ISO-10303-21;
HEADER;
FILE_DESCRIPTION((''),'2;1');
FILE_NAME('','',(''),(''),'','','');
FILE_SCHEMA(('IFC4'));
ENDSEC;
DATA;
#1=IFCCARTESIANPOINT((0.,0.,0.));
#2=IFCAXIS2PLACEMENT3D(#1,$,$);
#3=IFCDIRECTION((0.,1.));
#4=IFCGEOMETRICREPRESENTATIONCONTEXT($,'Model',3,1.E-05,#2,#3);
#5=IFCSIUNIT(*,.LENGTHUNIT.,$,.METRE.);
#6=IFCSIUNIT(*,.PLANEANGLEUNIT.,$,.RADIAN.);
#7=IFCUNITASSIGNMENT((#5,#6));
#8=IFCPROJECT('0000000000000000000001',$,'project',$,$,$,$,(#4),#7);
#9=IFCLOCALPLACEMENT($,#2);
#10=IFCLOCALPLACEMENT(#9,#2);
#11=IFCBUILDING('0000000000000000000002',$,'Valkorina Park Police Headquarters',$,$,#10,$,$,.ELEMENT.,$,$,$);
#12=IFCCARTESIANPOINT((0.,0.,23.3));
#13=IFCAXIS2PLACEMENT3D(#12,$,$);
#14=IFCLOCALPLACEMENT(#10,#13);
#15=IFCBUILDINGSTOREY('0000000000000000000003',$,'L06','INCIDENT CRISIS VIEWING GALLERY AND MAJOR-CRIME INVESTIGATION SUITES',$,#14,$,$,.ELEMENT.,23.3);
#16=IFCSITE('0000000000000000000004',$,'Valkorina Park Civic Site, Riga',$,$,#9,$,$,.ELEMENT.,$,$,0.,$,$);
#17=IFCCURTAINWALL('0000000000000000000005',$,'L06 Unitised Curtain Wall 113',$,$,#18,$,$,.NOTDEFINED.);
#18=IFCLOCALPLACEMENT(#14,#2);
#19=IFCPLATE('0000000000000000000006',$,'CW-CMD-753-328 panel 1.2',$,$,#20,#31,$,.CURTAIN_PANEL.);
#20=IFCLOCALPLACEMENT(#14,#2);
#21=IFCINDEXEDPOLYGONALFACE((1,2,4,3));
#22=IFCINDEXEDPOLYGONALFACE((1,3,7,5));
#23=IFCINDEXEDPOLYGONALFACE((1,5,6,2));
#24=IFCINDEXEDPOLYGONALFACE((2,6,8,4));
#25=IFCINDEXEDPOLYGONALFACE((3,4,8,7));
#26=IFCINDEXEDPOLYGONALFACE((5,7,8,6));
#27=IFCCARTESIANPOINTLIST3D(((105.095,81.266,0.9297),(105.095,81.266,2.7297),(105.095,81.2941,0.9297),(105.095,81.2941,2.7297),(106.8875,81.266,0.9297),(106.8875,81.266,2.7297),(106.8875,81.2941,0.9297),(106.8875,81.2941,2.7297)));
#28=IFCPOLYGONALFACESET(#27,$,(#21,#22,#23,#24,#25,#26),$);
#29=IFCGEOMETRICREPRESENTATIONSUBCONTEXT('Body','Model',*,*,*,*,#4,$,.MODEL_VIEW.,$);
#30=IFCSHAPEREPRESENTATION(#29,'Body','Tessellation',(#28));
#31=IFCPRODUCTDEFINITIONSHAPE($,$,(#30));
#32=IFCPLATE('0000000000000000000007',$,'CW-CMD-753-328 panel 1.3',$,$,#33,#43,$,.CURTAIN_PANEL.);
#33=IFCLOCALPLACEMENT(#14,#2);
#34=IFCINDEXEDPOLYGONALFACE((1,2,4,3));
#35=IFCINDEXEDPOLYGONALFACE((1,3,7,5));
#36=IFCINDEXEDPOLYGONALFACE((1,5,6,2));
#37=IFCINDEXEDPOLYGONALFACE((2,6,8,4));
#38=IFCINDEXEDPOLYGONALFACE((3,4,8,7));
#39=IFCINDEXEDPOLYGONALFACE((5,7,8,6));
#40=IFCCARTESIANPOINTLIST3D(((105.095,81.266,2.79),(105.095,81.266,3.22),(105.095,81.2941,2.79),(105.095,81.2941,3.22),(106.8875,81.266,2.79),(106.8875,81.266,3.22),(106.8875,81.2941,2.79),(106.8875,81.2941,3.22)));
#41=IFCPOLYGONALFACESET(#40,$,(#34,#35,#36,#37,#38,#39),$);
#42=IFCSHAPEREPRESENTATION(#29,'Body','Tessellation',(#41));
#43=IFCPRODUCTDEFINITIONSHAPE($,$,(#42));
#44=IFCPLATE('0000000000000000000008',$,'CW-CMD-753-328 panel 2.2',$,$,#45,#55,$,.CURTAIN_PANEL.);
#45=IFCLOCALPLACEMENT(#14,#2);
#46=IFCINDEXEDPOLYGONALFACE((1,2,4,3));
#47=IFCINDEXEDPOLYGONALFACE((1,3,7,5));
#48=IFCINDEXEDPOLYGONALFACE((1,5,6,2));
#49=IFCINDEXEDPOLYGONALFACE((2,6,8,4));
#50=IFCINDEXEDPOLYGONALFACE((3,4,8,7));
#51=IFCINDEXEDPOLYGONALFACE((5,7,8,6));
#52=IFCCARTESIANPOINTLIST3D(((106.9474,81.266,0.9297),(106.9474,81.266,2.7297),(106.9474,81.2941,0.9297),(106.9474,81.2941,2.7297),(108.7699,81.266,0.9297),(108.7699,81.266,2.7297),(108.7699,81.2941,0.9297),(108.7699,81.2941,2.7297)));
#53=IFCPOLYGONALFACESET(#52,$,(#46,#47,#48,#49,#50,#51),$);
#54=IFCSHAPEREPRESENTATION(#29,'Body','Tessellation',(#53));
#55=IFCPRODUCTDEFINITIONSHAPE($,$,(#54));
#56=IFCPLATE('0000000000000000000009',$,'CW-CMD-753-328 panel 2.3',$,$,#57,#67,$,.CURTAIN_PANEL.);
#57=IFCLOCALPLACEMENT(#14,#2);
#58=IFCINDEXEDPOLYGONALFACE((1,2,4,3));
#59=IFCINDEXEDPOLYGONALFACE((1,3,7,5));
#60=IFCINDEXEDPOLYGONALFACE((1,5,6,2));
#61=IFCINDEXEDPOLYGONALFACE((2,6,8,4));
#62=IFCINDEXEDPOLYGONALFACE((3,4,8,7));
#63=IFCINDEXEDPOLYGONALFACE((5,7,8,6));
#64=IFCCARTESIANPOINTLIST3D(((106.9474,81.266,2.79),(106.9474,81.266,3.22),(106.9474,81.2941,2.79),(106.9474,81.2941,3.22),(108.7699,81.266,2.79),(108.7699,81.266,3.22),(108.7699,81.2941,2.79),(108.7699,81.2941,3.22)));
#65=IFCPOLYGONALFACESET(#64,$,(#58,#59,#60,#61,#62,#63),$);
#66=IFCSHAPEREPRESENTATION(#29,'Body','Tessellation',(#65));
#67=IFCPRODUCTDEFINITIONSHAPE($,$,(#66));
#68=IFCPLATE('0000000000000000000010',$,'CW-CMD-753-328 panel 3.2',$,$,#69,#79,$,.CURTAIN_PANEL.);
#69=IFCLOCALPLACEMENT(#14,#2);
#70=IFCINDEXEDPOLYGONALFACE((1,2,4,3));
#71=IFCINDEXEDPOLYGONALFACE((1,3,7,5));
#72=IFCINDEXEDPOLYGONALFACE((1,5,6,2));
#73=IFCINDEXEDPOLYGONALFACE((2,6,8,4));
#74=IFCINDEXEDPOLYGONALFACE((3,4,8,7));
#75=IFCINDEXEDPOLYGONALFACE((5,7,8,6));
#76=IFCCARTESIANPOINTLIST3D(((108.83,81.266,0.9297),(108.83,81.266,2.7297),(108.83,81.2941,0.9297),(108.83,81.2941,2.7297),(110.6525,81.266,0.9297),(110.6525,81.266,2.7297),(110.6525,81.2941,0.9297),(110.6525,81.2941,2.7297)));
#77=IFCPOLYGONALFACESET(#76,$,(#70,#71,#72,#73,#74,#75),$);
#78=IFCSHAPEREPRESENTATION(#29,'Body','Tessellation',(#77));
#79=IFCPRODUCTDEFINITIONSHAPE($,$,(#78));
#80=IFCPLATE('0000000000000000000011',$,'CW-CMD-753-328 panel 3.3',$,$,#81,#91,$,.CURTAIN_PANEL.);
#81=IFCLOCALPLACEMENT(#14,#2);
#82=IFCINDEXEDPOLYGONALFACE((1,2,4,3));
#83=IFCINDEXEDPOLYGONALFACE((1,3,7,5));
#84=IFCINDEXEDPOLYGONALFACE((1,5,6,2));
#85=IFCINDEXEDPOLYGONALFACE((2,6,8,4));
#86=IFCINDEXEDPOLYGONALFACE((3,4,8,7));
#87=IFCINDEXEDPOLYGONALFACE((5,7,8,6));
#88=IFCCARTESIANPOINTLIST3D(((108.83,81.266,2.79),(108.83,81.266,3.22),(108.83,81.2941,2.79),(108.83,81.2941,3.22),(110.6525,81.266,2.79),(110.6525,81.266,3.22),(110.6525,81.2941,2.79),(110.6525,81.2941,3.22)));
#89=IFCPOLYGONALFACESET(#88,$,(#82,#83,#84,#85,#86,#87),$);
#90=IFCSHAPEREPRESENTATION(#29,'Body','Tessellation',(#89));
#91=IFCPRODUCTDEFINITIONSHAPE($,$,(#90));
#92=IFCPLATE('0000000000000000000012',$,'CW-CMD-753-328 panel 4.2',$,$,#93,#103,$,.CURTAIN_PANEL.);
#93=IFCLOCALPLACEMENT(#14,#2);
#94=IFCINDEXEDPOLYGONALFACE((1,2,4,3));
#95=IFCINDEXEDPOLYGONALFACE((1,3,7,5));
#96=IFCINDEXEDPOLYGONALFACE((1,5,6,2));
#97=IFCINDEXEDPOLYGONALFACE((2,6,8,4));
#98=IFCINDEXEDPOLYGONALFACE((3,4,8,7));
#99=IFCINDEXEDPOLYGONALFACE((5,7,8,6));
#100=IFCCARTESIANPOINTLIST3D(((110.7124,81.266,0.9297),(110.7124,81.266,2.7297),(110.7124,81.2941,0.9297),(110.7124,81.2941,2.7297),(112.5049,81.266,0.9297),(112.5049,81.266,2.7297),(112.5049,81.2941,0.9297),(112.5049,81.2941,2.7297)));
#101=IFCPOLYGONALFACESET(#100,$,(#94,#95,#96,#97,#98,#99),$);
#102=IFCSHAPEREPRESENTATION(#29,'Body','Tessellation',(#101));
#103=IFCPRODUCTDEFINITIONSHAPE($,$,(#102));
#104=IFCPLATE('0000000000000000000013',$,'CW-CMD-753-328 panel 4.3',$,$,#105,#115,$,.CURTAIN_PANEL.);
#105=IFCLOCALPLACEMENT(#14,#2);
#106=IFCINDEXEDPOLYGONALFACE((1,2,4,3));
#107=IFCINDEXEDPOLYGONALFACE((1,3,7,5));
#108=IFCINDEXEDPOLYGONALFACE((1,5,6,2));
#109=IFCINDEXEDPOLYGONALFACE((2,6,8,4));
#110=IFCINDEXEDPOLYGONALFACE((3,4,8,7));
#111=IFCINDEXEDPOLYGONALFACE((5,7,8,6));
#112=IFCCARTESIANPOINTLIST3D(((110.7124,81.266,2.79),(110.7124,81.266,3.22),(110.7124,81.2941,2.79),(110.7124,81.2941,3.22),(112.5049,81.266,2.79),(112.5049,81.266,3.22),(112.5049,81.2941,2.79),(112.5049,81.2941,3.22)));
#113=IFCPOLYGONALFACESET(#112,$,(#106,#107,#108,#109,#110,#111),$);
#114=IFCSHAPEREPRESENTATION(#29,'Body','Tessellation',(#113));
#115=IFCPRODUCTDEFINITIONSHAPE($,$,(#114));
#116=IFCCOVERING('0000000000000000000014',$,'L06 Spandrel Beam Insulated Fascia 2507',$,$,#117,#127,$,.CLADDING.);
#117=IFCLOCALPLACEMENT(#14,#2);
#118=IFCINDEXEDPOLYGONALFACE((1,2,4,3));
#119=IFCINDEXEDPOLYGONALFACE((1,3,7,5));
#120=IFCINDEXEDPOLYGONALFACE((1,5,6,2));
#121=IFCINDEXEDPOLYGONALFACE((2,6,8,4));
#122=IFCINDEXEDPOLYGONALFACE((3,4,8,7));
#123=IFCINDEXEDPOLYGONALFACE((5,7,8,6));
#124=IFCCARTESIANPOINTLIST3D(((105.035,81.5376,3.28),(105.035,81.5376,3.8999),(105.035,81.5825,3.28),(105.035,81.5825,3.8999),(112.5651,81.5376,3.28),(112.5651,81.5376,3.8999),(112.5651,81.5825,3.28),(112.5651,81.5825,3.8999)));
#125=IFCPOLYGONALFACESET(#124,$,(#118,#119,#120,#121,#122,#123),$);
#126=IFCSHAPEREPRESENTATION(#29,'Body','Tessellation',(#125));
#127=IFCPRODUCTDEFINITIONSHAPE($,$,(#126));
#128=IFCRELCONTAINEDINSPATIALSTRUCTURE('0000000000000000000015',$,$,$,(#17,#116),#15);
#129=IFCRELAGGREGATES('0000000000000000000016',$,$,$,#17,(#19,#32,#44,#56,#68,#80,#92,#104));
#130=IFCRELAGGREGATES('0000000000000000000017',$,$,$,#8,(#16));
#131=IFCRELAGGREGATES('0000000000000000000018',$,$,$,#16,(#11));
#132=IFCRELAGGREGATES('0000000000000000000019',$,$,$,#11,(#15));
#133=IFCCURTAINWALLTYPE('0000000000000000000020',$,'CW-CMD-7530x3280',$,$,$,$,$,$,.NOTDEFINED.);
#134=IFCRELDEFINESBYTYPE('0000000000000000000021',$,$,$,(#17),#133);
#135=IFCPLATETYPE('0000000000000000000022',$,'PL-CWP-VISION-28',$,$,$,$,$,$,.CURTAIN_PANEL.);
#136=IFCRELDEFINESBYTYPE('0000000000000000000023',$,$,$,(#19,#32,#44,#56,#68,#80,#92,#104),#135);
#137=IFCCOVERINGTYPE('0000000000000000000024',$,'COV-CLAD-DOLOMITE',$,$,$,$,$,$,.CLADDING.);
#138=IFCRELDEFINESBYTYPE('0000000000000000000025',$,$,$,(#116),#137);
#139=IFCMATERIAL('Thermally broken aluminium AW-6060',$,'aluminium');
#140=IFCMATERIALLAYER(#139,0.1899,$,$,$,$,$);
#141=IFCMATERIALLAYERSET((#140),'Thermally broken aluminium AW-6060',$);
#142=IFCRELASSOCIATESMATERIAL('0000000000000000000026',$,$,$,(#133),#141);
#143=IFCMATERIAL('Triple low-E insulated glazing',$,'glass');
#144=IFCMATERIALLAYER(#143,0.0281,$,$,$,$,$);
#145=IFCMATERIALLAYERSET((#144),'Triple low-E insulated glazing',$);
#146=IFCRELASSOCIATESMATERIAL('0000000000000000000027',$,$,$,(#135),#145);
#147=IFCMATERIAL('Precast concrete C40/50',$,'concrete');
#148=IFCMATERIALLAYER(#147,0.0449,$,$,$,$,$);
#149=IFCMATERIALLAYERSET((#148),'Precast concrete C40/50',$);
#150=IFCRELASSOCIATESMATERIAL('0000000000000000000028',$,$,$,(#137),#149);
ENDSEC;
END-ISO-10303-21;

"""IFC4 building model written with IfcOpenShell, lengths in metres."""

from ifc_helpers import new_model, si_unit, direction, frame, frame_2d, origin, origin_2d, place, context, subcontext, project, spatial, rectangle, extrude, material, layer, layer_set, type_object, element, aggregate, save


model = new_model("IFC4")

# Units and contexts
model_context = context("Model", 3, precision=1e-05, world=origin(), true_north=direction((0.0, 1.0)))
body_context = subcontext(model_context, "Body", "Model", "MODEL_VIEW")
ifc_project = project(units=[si_unit("LENGTHUNIT", "METRE"), si_unit("PLANEANGLEUNIT", "RADIAN")], contexts=[model_context])

# Site, building, storey
site_placement = place(None, origin())
site = spatial("IfcSite", under=ifc_project, at=site_placement, Name="Valkorina Park Civic Site, Riga", CompositionType="ELEMENT", RefElevation=0.0)
building_placement = place(site_placement, origin())
building = spatial("IfcBuilding", under=site, at=building_placement, Name="Valkorina Park Police Headquarters", CompositionType="ELEMENT")
storey_placement = place(building_placement, frame((0.0, 0.0, 23.3)))
storey = spatial("IfcBuildingStorey", under=building, at=storey_placement, Name="L06", Description="INCIDENT CRISIS VIEWING GALLERY AND MAJOR-CRIME INVESTIGATION SUITES", CompositionType="ELEMENT", Elevation=23.3)

# Curtain wall, plates
ifc_material_1 = material(Name="Thermally broken aluminium AW-6060", Category="aluminium")
ifc_layer_1 = layer(ifc_material_1, 0.1899)
ifc_layer_set_1 = layer_set([ifc_layer_1], Name="Thermally broken aluminium AW-6060")
curtain_wall_type = type_object("IfcCurtainWallType", Name="CW-CMD-7530x3280", PredefinedType="NOTDEFINED", material=ifc_layer_set_1)
curtain_wall_placement = place(storey_placement, origin())
curtain_wall = element("IfcCurtainWall", 1, at=curtain_wall_placement, inside=storey, type_object=curtain_wall_type, Name="L06 Unitised Curtain Wall 113", PredefinedType="NOTDEFINED")
ifc_material_2 = material(Name="Triple low-E insulated glazing", Category="glass")
ifc_layer_2 = layer(ifc_material_2, 0.0281)
ifc_layer_set_2 = layer_set([ifc_layer_2], Name="Triple low-E insulated glazing")
plate_type_1 = type_object("IfcPlateType", Name="PL-CWP-VISION-28", PredefinedType="CURTAIN_PANEL", material=ifc_layer_set_2)
plate_1_placement = place(storey_placement, frame((105.9912, 81.28, 0.9297), z_axis=(0.0, 0.0, 1.0), x_axis=(1.0, 0.0, 0.0)))
plate_1 = element("IfcPlate", 2, at=plate_1_placement, type_object=plate_type_1, Name="CW-CMD-753-328 panel 1.2", PredefinedType="CURTAIN_PANEL", context=body_context, shape_type="SweptSolid", body=[
    extrude(rectangle(XDim=1.7925, YDim=0.0281, at=origin_2d()), origin(), (0.0, 0.0, 1.0), 1.8),
])
plate_2_placement = place(storey_placement, frame((105.9912, 81.28, 2.79), z_axis=(0.0, 0.0, 1.0), x_axis=(1.0, 0.0, 0.0)))
plate_2 = element("IfcPlate", 3, at=plate_2_placement, type_object=plate_type_1, Name="CW-CMD-753-328 panel 1.3", PredefinedType="CURTAIN_PANEL", context=body_context, shape_type="SweptSolid", body=[
    extrude(rectangle(XDim=1.7925, YDim=0.0281, at=origin_2d()), origin(), (0.0, 0.0, 1.0), 0.4299),
])
plate_3_placement = place(storey_placement, frame((107.8586, 81.28, 0.9297), z_axis=(0.0, 0.0, 1.0), x_axis=(1.0, 0.0, 0.0)))
plate_3 = element("IfcPlate", 4, at=plate_3_placement, type_object=plate_type_1, Name="CW-CMD-753-328 panel 2.2", PredefinedType="CURTAIN_PANEL", context=body_context, shape_type="SweptSolid", body=[
    extrude(rectangle(XDim=1.8225, YDim=0.0281, at=origin_2d()), origin(), (0.0, 0.0, 1.0), 1.8),
])
plate_4_placement = place(storey_placement, frame((107.8586, 81.28, 2.79), z_axis=(0.0, 0.0, 1.0), x_axis=(1.0, 0.0, 0.0)))
plate_4 = element("IfcPlate", 5, at=plate_4_placement, type_object=plate_type_1, Name="CW-CMD-753-328 panel 2.3", PredefinedType="CURTAIN_PANEL", context=body_context, shape_type="SweptSolid", body=[
    extrude(rectangle(XDim=1.8225, YDim=0.0281, at=origin_2d()), origin(), (0.0, 0.0, 1.0), 0.4299),
])
plate_5_placement = place(storey_placement, frame((109.7412, 81.28, 0.9297), z_axis=(0.0, 0.0, 1.0), x_axis=(1.0, 0.0, 0.0)))
plate_5 = element("IfcPlate", 6, at=plate_5_placement, type_object=plate_type_1, Name="CW-CMD-753-328 panel 3.2", PredefinedType="CURTAIN_PANEL", context=body_context, shape_type="SweptSolid", body=[
    extrude(rectangle(XDim=1.8225, YDim=0.0281, at=origin_2d()), origin(), (0.0, 0.0, 1.0), 1.8),
])
plate_6_placement = place(storey_placement, frame((109.7412, 81.28, 2.79), z_axis=(0.0, 0.0, 1.0), x_axis=(1.0, 0.0, 0.0)))
plate_6 = element("IfcPlate", 7, at=plate_6_placement, type_object=plate_type_1, Name="CW-CMD-753-328 panel 3.3", PredefinedType="CURTAIN_PANEL", context=body_context, shape_type="SweptSolid", body=[
    extrude(rectangle(XDim=1.8225, YDim=0.0281, at=origin_2d()), origin(), (0.0, 0.0, 1.0), 0.4299),
])
plate_7_placement = place(storey_placement, frame((111.6086, 81.28, 0.9297), z_axis=(0.0, 0.0, 1.0), x_axis=(1.0, 0.0, 0.0)))
plate_7 = element("IfcPlate", 8, at=plate_7_placement, type_object=plate_type_1, Name="CW-CMD-753-328 panel 4.2", PredefinedType="CURTAIN_PANEL", context=body_context, shape_type="SweptSolid", body=[
    extrude(rectangle(XDim=1.7925, YDim=0.0281, at=origin_2d()), origin(), (0.0, 0.0, 1.0), 1.8),
])
plate_8_placement = place(storey_placement, frame((111.6086, 81.28, 2.79), z_axis=(0.0, 0.0, 1.0), x_axis=(1.0, 0.0, 0.0)))
plate_8 = element("IfcPlate", 9, at=plate_8_placement, type_object=plate_type_1, Name="CW-CMD-753-328 panel 4.3", PredefinedType="CURTAIN_PANEL", context=body_context, shape_type="SweptSolid", body=[
    extrude(rectangle(XDim=1.7925, YDim=0.0281, at=origin_2d()), origin(), (0.0, 0.0, 1.0), 0.4299),
])
aggregate(curtain_wall, [plate_1, plate_2, plate_3, plate_4, plate_5, plate_6, plate_7, plate_8])

# Covering
ifc_material_3 = material(Name="Precast concrete C40/50", Category="concrete")
ifc_layer_3 = layer(ifc_material_3, 0.0449)
ifc_layer_set_3 = layer_set([ifc_layer_3], Name="Precast concrete C40/50")
covering_type = type_object("IfcCoveringType", Name="COV-CLAD-DOLOMITE", PredefinedType="CLADDING", material=ifc_layer_set_3)
covering_placement = place(storey_placement, frame((105.0349, 81.5601, 3.28), z_axis=(0.0, 0.0, 1.0), x_axis=(1.0, 0.0, 0.0)))
element("IfcCovering", 10, at=covering_placement, inside=storey, type_object=covering_type, Name="L06 Spandrel Beam Insulated Fascia 2507", PredefinedType="CLADDING", context=body_context, shape_type="SweptSolid", body=[
    extrude(rectangle(XDim=7.53, YDim=0.0449, at=frame_2d((3.7651, 0.0))), origin(), (0.0, 0.0, 1.0), 0.6199),
])

save(model, "model.ifc")
